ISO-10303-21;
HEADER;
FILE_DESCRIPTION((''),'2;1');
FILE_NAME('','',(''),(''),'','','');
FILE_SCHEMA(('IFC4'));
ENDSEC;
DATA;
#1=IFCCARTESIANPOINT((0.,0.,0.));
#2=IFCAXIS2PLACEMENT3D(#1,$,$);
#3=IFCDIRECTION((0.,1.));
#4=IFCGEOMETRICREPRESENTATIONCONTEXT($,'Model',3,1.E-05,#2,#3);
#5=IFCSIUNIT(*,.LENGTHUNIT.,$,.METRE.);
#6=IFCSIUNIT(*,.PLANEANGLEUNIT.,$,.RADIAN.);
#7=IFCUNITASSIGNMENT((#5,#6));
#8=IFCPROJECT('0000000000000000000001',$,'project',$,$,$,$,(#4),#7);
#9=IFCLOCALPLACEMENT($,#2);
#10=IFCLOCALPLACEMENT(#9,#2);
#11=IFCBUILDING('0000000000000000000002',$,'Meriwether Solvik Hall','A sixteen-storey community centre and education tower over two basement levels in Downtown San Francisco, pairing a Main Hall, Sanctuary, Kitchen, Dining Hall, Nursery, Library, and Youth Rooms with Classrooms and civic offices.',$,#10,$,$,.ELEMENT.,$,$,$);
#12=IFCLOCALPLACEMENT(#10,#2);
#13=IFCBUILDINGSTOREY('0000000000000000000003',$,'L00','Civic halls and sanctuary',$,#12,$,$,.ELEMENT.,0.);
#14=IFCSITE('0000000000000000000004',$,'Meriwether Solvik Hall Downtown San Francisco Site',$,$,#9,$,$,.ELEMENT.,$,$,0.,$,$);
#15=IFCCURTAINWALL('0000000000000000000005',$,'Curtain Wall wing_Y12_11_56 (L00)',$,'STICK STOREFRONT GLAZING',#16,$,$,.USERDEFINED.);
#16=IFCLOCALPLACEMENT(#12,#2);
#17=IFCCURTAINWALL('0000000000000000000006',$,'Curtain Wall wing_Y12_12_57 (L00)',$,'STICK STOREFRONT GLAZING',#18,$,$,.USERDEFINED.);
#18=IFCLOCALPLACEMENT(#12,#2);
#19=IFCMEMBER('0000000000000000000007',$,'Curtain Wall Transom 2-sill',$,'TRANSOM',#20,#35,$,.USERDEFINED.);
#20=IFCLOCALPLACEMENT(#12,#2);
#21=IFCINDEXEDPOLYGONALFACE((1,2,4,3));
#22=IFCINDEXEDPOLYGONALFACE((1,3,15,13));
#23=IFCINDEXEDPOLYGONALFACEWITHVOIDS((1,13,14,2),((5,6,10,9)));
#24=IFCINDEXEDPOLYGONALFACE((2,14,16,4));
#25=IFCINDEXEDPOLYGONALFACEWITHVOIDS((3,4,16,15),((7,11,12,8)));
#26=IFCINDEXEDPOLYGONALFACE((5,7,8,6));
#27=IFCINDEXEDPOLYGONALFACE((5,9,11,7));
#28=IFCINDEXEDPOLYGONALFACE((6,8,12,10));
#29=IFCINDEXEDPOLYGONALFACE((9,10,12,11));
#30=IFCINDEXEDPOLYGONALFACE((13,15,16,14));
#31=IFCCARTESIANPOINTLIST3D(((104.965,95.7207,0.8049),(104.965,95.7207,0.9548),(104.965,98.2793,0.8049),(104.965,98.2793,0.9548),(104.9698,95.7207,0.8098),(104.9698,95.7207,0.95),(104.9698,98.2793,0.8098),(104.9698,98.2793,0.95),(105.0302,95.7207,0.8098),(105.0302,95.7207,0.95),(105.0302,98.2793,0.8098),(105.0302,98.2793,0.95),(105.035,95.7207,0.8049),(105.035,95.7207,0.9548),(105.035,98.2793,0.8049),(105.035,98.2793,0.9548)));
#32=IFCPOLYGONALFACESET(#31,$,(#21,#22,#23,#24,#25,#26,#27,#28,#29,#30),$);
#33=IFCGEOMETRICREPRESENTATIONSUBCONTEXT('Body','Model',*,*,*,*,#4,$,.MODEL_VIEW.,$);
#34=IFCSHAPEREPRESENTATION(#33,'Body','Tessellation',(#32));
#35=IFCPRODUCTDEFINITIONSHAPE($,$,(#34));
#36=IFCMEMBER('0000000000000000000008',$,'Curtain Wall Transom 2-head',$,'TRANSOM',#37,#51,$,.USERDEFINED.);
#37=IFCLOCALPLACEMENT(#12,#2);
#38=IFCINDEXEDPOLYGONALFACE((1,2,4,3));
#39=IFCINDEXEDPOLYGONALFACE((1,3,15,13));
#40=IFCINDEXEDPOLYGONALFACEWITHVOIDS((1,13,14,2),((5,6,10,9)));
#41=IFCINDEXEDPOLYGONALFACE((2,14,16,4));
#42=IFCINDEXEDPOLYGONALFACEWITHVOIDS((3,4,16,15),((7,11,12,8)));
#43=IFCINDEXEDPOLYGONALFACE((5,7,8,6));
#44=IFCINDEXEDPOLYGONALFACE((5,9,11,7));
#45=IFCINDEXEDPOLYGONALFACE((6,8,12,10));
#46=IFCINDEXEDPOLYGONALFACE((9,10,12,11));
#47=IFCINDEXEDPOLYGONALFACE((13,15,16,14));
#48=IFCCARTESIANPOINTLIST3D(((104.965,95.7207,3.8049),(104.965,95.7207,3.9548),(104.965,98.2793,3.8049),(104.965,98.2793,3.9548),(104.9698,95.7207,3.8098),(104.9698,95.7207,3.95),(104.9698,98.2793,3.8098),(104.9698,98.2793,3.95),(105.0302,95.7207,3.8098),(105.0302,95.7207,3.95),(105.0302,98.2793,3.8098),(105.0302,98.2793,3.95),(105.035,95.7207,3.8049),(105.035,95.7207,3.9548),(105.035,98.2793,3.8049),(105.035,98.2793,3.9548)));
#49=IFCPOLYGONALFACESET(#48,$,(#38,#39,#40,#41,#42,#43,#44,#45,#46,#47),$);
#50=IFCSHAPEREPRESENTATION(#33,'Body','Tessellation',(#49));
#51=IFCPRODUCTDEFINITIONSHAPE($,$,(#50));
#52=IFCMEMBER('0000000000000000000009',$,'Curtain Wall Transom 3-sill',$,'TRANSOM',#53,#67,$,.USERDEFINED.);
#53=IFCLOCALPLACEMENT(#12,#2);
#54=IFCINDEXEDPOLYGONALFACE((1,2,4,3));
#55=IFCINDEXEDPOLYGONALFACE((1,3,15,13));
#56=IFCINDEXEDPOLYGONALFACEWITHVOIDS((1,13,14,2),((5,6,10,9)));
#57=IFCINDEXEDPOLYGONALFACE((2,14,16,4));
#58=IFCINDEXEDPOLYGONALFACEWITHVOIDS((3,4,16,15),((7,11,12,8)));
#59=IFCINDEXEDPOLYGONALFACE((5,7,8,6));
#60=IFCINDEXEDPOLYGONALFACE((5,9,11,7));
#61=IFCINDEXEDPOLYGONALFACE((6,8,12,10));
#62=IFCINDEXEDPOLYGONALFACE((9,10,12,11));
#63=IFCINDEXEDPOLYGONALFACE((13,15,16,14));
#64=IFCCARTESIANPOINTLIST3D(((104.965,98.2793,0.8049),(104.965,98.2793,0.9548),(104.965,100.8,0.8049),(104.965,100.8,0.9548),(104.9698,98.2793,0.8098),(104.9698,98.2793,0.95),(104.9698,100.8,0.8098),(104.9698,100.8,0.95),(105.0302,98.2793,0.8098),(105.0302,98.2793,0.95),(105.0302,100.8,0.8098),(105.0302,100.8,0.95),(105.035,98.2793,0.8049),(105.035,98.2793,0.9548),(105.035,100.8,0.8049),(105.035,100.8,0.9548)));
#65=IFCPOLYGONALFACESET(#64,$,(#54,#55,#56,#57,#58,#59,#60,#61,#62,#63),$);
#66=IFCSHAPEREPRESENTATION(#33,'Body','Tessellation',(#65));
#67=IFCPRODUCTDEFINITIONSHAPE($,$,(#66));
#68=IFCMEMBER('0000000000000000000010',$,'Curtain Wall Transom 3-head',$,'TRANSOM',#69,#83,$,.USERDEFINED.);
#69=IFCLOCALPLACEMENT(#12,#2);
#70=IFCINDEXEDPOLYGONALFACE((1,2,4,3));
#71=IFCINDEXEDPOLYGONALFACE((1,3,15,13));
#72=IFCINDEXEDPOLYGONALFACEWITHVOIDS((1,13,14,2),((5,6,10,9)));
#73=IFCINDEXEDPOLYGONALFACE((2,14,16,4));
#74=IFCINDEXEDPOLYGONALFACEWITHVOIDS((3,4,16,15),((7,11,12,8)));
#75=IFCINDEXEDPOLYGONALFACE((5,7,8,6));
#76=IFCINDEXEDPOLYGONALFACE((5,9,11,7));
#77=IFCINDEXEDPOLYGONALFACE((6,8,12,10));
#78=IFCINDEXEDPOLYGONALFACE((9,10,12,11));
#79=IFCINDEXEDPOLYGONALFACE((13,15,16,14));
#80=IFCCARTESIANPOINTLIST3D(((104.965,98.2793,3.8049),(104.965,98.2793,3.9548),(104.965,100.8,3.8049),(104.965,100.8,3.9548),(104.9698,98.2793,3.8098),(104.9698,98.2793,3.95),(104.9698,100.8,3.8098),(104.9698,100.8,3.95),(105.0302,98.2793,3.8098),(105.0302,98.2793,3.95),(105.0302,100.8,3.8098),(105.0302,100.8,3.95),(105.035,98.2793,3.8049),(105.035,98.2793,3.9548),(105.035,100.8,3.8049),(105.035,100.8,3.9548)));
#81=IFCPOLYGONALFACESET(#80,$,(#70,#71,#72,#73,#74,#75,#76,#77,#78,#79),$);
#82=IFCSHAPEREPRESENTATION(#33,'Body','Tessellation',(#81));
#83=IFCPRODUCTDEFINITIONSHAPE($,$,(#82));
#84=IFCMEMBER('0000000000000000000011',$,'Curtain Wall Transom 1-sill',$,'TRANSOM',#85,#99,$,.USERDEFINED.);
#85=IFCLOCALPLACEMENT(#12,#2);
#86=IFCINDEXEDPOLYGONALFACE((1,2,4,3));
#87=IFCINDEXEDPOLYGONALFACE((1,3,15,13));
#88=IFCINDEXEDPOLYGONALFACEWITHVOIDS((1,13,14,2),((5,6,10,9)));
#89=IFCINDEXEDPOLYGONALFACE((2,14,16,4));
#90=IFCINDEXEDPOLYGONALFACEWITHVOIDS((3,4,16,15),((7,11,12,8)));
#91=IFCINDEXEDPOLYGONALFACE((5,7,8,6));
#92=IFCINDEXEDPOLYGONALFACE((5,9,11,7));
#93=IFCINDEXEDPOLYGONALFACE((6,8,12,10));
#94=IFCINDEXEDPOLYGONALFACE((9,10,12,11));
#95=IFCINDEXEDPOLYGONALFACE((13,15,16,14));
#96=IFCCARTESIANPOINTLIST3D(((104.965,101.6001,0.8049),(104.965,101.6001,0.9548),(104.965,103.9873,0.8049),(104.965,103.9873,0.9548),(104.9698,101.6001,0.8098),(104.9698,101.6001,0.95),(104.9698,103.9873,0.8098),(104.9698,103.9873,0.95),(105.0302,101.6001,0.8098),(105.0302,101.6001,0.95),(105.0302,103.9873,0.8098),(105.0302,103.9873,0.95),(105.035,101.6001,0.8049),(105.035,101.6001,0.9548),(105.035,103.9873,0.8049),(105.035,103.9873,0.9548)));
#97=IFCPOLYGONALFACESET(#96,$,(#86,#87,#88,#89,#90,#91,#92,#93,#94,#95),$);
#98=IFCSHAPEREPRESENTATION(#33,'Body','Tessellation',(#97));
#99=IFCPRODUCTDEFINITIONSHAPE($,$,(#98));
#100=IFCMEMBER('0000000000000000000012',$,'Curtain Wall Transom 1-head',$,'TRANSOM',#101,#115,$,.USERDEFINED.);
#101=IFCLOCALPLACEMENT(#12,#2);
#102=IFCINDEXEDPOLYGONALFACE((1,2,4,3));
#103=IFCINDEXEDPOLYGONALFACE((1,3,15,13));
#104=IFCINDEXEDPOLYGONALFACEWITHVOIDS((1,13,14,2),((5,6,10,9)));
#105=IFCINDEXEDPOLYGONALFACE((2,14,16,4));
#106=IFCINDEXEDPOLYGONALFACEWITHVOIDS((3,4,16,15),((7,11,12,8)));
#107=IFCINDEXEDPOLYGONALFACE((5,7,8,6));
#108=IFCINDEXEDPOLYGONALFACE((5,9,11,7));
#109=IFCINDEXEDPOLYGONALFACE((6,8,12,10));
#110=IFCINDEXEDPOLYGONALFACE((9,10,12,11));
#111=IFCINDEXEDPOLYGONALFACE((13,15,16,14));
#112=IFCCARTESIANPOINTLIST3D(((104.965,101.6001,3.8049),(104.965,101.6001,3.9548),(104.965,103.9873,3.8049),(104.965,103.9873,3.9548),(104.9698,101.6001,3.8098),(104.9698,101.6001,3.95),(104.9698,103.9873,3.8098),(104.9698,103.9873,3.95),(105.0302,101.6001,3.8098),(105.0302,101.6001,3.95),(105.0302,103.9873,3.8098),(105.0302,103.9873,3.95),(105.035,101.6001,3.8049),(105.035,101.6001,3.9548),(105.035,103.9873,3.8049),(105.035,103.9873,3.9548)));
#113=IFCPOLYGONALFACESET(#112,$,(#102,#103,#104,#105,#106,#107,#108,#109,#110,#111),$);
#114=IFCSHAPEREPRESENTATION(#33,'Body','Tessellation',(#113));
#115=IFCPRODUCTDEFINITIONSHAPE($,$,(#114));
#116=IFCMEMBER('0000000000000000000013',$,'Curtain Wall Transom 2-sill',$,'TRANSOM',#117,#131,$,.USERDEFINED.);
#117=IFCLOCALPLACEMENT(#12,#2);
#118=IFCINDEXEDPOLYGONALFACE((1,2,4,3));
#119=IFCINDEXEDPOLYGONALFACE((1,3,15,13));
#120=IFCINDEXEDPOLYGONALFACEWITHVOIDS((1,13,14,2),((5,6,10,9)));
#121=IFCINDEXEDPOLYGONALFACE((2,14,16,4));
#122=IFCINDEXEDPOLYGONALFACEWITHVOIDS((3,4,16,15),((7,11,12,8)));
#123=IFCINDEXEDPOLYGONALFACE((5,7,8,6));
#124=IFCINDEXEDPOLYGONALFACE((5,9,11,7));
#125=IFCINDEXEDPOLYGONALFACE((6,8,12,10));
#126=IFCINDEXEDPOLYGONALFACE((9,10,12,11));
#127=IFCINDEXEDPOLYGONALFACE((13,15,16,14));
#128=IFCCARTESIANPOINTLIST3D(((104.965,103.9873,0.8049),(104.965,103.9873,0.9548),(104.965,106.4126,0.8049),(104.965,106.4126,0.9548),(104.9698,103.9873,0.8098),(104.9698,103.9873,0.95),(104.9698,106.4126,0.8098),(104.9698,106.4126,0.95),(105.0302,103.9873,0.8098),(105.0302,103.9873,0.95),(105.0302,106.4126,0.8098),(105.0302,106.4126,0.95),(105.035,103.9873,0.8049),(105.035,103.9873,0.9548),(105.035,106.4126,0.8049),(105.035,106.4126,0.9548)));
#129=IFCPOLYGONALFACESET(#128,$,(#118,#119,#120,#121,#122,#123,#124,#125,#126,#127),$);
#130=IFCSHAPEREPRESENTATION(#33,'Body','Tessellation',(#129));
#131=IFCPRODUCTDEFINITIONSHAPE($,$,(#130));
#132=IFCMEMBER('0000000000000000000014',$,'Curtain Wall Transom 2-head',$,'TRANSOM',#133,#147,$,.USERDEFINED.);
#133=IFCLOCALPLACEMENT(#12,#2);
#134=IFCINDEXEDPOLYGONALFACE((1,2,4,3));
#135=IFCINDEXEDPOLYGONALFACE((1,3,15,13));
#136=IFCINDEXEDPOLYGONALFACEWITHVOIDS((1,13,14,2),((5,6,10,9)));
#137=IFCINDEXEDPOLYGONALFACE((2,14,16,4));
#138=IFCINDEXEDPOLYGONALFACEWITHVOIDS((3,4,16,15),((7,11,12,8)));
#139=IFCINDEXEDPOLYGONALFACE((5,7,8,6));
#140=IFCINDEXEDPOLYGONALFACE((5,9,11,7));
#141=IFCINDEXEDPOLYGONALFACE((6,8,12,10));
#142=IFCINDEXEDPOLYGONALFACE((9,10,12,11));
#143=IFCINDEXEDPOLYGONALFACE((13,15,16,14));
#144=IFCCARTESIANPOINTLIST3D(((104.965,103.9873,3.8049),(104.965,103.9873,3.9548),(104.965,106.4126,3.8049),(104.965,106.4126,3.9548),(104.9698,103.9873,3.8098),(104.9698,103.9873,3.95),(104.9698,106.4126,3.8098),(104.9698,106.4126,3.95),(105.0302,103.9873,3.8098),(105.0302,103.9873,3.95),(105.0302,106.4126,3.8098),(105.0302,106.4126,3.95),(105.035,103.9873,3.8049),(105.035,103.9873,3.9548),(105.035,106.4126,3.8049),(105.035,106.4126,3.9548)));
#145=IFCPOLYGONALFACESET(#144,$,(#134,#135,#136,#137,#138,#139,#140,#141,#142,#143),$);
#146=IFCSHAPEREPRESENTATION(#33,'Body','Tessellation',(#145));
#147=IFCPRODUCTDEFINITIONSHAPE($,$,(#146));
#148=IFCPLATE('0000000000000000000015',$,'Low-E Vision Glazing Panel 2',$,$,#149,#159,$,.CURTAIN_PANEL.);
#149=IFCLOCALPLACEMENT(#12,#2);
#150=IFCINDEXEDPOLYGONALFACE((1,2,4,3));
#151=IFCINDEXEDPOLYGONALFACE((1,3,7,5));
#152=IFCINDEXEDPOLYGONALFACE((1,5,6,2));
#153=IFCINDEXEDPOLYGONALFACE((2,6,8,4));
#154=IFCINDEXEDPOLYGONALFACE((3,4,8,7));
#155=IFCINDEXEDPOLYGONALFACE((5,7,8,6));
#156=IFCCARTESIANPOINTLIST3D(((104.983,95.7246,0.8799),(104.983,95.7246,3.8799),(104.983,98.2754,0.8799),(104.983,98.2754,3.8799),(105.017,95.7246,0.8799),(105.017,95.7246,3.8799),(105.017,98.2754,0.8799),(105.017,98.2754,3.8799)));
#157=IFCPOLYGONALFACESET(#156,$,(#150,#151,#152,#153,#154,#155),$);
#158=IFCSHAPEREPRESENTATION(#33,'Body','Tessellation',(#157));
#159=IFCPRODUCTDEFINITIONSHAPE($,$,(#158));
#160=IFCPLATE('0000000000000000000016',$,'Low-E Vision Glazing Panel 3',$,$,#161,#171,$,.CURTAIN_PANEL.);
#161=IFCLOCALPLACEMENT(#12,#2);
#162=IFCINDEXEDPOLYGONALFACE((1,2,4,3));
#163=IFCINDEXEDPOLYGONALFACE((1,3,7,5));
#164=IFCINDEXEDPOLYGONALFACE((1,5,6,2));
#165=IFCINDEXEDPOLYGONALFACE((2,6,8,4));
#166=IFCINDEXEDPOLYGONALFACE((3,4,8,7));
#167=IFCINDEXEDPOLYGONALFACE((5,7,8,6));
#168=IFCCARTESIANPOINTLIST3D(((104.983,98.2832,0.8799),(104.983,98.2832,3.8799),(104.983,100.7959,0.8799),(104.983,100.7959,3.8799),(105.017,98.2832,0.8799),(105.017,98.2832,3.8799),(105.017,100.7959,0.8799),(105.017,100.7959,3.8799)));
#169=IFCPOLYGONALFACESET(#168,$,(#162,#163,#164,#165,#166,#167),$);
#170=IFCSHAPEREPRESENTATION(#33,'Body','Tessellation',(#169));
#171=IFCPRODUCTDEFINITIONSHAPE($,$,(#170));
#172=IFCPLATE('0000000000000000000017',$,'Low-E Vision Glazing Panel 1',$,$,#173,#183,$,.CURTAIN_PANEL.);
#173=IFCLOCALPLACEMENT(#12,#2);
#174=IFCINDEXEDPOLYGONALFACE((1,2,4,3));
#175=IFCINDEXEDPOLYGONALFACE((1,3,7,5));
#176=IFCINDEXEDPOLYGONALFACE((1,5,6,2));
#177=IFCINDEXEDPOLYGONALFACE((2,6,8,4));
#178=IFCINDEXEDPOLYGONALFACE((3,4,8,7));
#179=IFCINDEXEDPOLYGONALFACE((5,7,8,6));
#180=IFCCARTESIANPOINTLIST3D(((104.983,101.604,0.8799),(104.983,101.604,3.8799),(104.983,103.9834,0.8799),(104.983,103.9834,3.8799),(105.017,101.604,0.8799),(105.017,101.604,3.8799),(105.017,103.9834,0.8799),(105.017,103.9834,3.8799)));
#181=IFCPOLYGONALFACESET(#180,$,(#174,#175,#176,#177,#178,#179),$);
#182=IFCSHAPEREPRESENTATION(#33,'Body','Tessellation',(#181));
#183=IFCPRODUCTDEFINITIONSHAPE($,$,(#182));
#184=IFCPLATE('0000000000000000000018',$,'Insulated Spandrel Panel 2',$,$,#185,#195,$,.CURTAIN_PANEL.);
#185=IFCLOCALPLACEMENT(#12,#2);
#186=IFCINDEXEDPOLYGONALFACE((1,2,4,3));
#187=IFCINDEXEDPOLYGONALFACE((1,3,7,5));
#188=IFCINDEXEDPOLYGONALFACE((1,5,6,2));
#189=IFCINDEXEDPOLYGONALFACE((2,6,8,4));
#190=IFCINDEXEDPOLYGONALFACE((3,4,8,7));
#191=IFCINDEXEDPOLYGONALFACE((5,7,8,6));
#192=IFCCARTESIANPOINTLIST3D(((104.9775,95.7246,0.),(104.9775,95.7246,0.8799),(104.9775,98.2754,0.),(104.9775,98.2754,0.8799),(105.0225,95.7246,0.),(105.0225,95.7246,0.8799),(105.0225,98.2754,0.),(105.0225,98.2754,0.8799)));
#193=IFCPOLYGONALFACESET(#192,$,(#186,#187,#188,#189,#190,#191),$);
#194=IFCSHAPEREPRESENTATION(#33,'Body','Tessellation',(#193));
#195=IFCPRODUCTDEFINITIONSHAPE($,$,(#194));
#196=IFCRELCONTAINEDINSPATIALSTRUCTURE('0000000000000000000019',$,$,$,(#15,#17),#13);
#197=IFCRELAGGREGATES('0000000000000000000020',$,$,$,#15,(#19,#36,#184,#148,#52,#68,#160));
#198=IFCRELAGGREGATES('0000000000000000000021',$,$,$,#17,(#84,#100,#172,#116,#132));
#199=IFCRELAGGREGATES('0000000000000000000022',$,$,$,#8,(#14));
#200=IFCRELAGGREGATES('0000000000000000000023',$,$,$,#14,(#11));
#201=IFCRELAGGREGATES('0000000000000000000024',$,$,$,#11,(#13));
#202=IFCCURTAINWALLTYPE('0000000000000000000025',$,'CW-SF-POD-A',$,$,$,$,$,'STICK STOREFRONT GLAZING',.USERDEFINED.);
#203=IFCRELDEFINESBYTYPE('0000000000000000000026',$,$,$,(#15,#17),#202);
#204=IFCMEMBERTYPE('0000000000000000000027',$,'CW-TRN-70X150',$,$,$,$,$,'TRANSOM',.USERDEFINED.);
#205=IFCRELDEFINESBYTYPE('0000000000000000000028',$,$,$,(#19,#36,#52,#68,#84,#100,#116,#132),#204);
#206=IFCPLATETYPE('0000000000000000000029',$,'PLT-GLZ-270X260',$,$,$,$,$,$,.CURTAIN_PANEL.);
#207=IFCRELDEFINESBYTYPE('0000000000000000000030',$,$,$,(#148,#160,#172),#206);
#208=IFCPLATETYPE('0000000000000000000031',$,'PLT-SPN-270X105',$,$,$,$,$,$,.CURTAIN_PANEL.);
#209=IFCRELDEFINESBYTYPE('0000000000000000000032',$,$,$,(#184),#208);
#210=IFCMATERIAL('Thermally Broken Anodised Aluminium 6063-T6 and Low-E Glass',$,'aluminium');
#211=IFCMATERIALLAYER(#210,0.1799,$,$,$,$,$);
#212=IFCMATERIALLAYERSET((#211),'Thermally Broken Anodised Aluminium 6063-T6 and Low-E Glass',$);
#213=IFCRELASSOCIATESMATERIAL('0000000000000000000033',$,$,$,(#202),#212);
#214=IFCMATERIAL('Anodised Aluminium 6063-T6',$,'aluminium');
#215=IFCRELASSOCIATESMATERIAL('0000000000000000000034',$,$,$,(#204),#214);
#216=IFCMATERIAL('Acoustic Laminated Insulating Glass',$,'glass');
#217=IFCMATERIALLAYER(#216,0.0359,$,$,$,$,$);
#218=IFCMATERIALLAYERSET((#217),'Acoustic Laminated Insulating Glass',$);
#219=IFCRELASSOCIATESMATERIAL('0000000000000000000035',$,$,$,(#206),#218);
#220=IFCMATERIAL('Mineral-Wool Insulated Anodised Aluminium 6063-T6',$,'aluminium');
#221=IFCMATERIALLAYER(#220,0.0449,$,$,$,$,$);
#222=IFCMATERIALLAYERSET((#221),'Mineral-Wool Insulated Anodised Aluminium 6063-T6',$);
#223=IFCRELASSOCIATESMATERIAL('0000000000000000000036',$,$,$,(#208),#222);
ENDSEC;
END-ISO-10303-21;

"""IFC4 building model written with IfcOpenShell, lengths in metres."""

from ifc_helpers import new_model, si_unit, direction, frame, origin, origin_2d, place, context, subcontext, project, spatial, rectangle, hollow_rectangle, extrude, material, layer, layer_set, material_profile, profile_set, type_object, element, aggregate, save


model = new_model("IFC4")

# Units and contexts
model_context = context("Model", 3, precision=1e-05, world=origin(), true_north=direction((0.0, 1.0)))
body_context = subcontext(model_context, "Body", "Model", "MODEL_VIEW")
ifc_project = project(units=[si_unit("LENGTHUNIT", "METRE"), si_unit("PLANEANGLEUNIT", "RADIAN")], contexts=[model_context])

# Site, building, storey
site_placement = place(None, origin())
site = spatial("IfcSite", under=ifc_project, at=site_placement, Name="Meriwether Solvik Hall Downtown San Francisco Site", CompositionType="ELEMENT", RefElevation=0.0)
building_placement = place(site_placement, origin())
building = spatial("IfcBuilding", under=site, at=building_placement, Name="Meriwether Solvik Hall", Description="A sixteen-storey community centre and education tower over two basement levels in Downtown San Francisco, pairing a Main Hall, Sanctuary, Kitchen, Dining Hall, Nursery, Library, and Youth Rooms with Classrooms and civic offices.", CompositionType="ELEMENT")
storey_placement = place(building_placement, origin())
storey = spatial("IfcBuildingStorey", under=building, at=storey_placement, Name="L00", Description="Civic halls and sanctuary", CompositionType="ELEMENT", Elevation=0.0)

# Curtain walls
ifc_material_1 = material(Name="Thermally Broken Anodised Aluminium 6063-T6 and Low-E Glass", Category="aluminium")
ifc_layer_1 = layer(ifc_material_1, 0.1799)
ifc_layer_set_1 = layer_set([ifc_layer_1], Name="Thermally Broken Anodised Aluminium 6063-T6 and Low-E Glass")
curtain_wall_type = type_object("IfcCurtainWallType", Name="CW-SF-POD-A", ElementType="STICK STOREFRONT GLAZING", PredefinedType="USERDEFINED", material=ifc_layer_set_1)
curtain_wall_1_placement = place(storey_placement, origin())
curtain_wall_1 = element("IfcCurtainWall", 1, at=curtain_wall_1_placement, inside=storey, type_object=curtain_wall_type, Name="Curtain Wall wing_Y12_11_56 (L00)", ObjectType="STICK STOREFRONT GLAZING", PredefinedType="USERDEFINED")
curtain_wall_2_placement = place(storey_placement, origin())
curtain_wall_2 = element("IfcCurtainWall", 2, at=curtain_wall_2_placement, inside=storey, type_object=curtain_wall_type, Name="Curtain Wall wing_Y12_12_57 (L00)", ObjectType="STICK STOREFRONT GLAZING", PredefinedType="USERDEFINED")

# Members
ifc_material_2 = material(Name="Anodised Aluminium 6063-T6", Category="aluminium")
ifc_material_profile_1 = material_profile(ifc_material_2, hollow_rectangle(XDim=0.0701, YDim=0.1499, WallThickness=0.0049, at=origin_2d()), Name="CWT-70X150")
ifc_profile_set_1 = profile_set([ifc_material_profile_1], Name="Anodised Aluminium 6063-T6")
member_type_1 = type_object("IfcMemberType", Name="CW-TRN-70X150", ElementType="TRANSOM", PredefinedType="USERDEFINED", material=ifc_profile_set_1)
member_1_placement = place(storey_placement, frame((105.0, 95.7207, 0.8799), z_axis=(0.0, 1.0, 0.0), x_axis=(-1.0, 0.0, 0.0)))
member_1 = element("IfcMember", 3, at=member_1_placement, type_object=member_type_1, Name="Curtain Wall Transom 2-sill", ObjectType="TRANSOM", PredefinedType="USERDEFINED", context=body_context, shape_type="SweptSolid", body=[
    extrude(hollow_rectangle(XDim=0.0701, YDim=0.1499, WallThickness=0.0049, at=origin_2d()), origin(), (0.0, 0.0, 1.0), 2.5586),
])
member_2_placement = place(storey_placement, frame((105.0, 95.7207, 3.8799), z_axis=(0.0, 1.0, 0.0), x_axis=(-1.0, 0.0, 0.0)))
member_2 = element("IfcMember", 4, at=member_2_placement, type_object=member_type_1, Name="Curtain Wall Transom 2-head", ObjectType="TRANSOM", PredefinedType="USERDEFINED", context=body_context, shape_type="SweptSolid", body=[
    extrude(hollow_rectangle(XDim=0.0701, YDim=0.1499, WallThickness=0.0049, at=origin_2d()), origin(), (0.0, 0.0, 1.0), 2.5586),
])
member_3_placement = place(storey_placement, frame((105.0, 98.2793, 0.8799), z_axis=(0.0, 1.0, 0.0), x_axis=(-1.0, 0.0, 0.0)))
member_3 = element("IfcMember", 5, at=member_3_placement, type_object=member_type_1, Name="Curtain Wall Transom 3-sill", ObjectType="TRANSOM", PredefinedType="USERDEFINED", context=body_context, shape_type="SweptSolid", body=[
    extrude(hollow_rectangle(XDim=0.0701, YDim=0.1499, WallThickness=0.0049, at=origin_2d()), origin(), (0.0, 0.0, 1.0), 2.5208),
])
member_4_placement = place(storey_placement, frame((105.0, 98.2793, 3.8799), z_axis=(0.0, 1.0, 0.0), x_axis=(-1.0, 0.0, 0.0)))
member_4 = element("IfcMember", 6, at=member_4_placement, type_object=member_type_1, Name="Curtain Wall Transom 3-head", ObjectType="TRANSOM", PredefinedType="USERDEFINED", context=body_context, shape_type="SweptSolid", body=[
    extrude(hollow_rectangle(XDim=0.0701, YDim=0.1499, WallThickness=0.0049, at=origin_2d()), origin(), (0.0, 0.0, 1.0), 2.5208),
])
member_5_placement = place(storey_placement, frame((105.0, 101.6001, 0.8799), z_axis=(0.0, 1.0, 0.0), x_axis=(-1.0, 0.0, 0.0)))
member_5 = element("IfcMember", 7, at=member_5_placement, type_object=member_type_1, Name="Curtain Wall Transom 1-sill", ObjectType="TRANSOM", PredefinedType="USERDEFINED", context=body_context, shape_type="SweptSolid", body=[
    extrude(hollow_rectangle(XDim=0.0701, YDim=0.1499, WallThickness=0.0049, at=origin_2d()), origin(), (0.0, 0.0, 1.0), 2.3872),
])
member_6_placement = place(storey_placement, frame((105.0, 101.6001, 3.8799), z_axis=(0.0, 1.0, 0.0), x_axis=(-1.0, 0.0, 0.0)))
member_6 = element("IfcMember", 8, at=member_6_placement, type_object=member_type_1, Name="Curtain Wall Transom 1-head", ObjectType="TRANSOM", PredefinedType="USERDEFINED", context=body_context, shape_type="SweptSolid", body=[
    extrude(hollow_rectangle(XDim=0.0701, YDim=0.1499, WallThickness=0.0049, at=origin_2d()), origin(), (0.0, 0.0, 1.0), 2.3872),
])
member_7_placement = place(storey_placement, frame((105.0, 103.9873, 0.8799), z_axis=(0.0, 1.0, 0.0), x_axis=(-1.0, 0.0, 0.0)))
member_7 = element("IfcMember", 9, at=member_7_placement, type_object=member_type_1, Name="Curtain Wall Transom 2-sill", ObjectType="TRANSOM", PredefinedType="USERDEFINED", context=body_context, shape_type="SweptSolid", body=[
    extrude(hollow_rectangle(XDim=0.0701, YDim=0.1499, WallThickness=0.0049, at=origin_2d()), origin(), (0.0, 0.0, 1.0), 2.4253),
])
member_8_placement = place(storey_placement, frame((105.0, 103.9873, 3.8799), z_axis=(0.0, 1.0, 0.0), x_axis=(-1.0, 0.0, 0.0)))
member_8 = element("IfcMember", 10, at=member_8_placement, type_object=member_type_1, Name="Curtain Wall Transom 2-head", ObjectType="TRANSOM", PredefinedType="USERDEFINED", context=body_context, shape_type="SweptSolid", body=[
    extrude(hollow_rectangle(XDim=0.0701, YDim=0.1499, WallThickness=0.0049, at=origin_2d()), origin(), (0.0, 0.0, 1.0), 2.4253),
])

# Plates
ifc_material_3 = material(Name="Acoustic Laminated Insulating Glass", Category="glass")
ifc_layer_2 = layer(ifc_material_3, 0.0359)
ifc_layer_set_2 = layer_set([ifc_layer_2], Name="Acoustic Laminated Insulating Glass")
plate_type_1 = type_object("IfcPlateType", Name="PLT-GLZ-270X260", PredefinedType="CURTAIN_PANEL", material=ifc_layer_set_2)
plate_1_placement = place(storey_placement, frame((105.0, 97.0, 0.8799), z_axis=(0.0, 0.0, 1.0), x_axis=(0.0, 1.0, 0.0)))
plate_1 = element("IfcPlate", 11, at=plate_1_placement, type_object=plate_type_1, Name="Low-E Vision Glazing Panel 2", PredefinedType="CURTAIN_PANEL", context=body_context, shape_type="SweptSolid", body=[
    extrude(rectangle(XDim=2.5508, YDim=0.0339, at=origin_2d()), origin(), (0.0, 0.0, 1.0), 3.0),
])
plate_2_placement = place(storey_placement, frame((105.0, 99.5396, 0.8799), z_axis=(0.0, 0.0, 1.0), x_axis=(0.0, 1.0, 0.0)))
plate_2 = element("IfcPlate", 12, at=plate_2_placement, type_object=plate_type_1, Name="Low-E Vision Glazing Panel 3", PredefinedType="CURTAIN_PANEL", context=body_context, shape_type="SweptSolid", body=[
    extrude(rectangle(XDim=2.5127, YDim=0.0339, at=origin_2d()), origin(), (0.0, 0.0, 1.0), 3.0),
])
plate_3_placement = place(storey_placement, frame((105.0, 102.7937, 0.8799), z_axis=(0.0, 0.0, 1.0), x_axis=(0.0, 1.0, 0.0)))
plate_3 = element("IfcPlate", 13, at=plate_3_placement, type_object=plate_type_1, Name="Low-E Vision Glazing Panel 1", PredefinedType="CURTAIN_PANEL", context=body_context, shape_type="SweptSolid", body=[
    extrude(rectangle(XDim=2.3794, YDim=0.0339, at=origin_2d()), origin(), (0.0, 0.0, 1.0), 3.0),
])
ifc_material_4 = material(Name="Mineral-Wool Insulated Anodised Aluminium 6063-T6", Category="aluminium")
ifc_layer_3 = layer(ifc_material_4, 0.0449)
ifc_layer_set_3 = layer_set([ifc_layer_3], Name="Mineral-Wool Insulated Anodised Aluminium 6063-T6")
plate_type_2 = type_object("IfcPlateType", Name="PLT-SPN-270X105", PredefinedType="CURTAIN_PANEL", material=ifc_layer_set_3)
plate_4_placement = place(storey_placement, frame((105.0, 97.0, 0.0), z_axis=(0.0, 0.0, 1.0), x_axis=(0.0, 1.0, 0.0)))
plate_4 = element("IfcPlate", 14, at=plate_4_placement, type_object=plate_type_2, Name="Insulated Spandrel Panel 2", PredefinedType="CURTAIN_PANEL", context=body_context, shape_type="SweptSolid", body=[
    extrude(rectangle(XDim=2.5508, YDim=0.0449, at=origin_2d()), origin(), (0.0, 0.0, 1.0), 0.8799),
])
aggregate(curtain_wall_1, [member_1, member_2, plate_4, plate_1, member_3, member_4, plate_2])
aggregate(curtain_wall_2, [member_5, member_6, plate_3, member_7, member_8])

save(model, "model.ifc")
